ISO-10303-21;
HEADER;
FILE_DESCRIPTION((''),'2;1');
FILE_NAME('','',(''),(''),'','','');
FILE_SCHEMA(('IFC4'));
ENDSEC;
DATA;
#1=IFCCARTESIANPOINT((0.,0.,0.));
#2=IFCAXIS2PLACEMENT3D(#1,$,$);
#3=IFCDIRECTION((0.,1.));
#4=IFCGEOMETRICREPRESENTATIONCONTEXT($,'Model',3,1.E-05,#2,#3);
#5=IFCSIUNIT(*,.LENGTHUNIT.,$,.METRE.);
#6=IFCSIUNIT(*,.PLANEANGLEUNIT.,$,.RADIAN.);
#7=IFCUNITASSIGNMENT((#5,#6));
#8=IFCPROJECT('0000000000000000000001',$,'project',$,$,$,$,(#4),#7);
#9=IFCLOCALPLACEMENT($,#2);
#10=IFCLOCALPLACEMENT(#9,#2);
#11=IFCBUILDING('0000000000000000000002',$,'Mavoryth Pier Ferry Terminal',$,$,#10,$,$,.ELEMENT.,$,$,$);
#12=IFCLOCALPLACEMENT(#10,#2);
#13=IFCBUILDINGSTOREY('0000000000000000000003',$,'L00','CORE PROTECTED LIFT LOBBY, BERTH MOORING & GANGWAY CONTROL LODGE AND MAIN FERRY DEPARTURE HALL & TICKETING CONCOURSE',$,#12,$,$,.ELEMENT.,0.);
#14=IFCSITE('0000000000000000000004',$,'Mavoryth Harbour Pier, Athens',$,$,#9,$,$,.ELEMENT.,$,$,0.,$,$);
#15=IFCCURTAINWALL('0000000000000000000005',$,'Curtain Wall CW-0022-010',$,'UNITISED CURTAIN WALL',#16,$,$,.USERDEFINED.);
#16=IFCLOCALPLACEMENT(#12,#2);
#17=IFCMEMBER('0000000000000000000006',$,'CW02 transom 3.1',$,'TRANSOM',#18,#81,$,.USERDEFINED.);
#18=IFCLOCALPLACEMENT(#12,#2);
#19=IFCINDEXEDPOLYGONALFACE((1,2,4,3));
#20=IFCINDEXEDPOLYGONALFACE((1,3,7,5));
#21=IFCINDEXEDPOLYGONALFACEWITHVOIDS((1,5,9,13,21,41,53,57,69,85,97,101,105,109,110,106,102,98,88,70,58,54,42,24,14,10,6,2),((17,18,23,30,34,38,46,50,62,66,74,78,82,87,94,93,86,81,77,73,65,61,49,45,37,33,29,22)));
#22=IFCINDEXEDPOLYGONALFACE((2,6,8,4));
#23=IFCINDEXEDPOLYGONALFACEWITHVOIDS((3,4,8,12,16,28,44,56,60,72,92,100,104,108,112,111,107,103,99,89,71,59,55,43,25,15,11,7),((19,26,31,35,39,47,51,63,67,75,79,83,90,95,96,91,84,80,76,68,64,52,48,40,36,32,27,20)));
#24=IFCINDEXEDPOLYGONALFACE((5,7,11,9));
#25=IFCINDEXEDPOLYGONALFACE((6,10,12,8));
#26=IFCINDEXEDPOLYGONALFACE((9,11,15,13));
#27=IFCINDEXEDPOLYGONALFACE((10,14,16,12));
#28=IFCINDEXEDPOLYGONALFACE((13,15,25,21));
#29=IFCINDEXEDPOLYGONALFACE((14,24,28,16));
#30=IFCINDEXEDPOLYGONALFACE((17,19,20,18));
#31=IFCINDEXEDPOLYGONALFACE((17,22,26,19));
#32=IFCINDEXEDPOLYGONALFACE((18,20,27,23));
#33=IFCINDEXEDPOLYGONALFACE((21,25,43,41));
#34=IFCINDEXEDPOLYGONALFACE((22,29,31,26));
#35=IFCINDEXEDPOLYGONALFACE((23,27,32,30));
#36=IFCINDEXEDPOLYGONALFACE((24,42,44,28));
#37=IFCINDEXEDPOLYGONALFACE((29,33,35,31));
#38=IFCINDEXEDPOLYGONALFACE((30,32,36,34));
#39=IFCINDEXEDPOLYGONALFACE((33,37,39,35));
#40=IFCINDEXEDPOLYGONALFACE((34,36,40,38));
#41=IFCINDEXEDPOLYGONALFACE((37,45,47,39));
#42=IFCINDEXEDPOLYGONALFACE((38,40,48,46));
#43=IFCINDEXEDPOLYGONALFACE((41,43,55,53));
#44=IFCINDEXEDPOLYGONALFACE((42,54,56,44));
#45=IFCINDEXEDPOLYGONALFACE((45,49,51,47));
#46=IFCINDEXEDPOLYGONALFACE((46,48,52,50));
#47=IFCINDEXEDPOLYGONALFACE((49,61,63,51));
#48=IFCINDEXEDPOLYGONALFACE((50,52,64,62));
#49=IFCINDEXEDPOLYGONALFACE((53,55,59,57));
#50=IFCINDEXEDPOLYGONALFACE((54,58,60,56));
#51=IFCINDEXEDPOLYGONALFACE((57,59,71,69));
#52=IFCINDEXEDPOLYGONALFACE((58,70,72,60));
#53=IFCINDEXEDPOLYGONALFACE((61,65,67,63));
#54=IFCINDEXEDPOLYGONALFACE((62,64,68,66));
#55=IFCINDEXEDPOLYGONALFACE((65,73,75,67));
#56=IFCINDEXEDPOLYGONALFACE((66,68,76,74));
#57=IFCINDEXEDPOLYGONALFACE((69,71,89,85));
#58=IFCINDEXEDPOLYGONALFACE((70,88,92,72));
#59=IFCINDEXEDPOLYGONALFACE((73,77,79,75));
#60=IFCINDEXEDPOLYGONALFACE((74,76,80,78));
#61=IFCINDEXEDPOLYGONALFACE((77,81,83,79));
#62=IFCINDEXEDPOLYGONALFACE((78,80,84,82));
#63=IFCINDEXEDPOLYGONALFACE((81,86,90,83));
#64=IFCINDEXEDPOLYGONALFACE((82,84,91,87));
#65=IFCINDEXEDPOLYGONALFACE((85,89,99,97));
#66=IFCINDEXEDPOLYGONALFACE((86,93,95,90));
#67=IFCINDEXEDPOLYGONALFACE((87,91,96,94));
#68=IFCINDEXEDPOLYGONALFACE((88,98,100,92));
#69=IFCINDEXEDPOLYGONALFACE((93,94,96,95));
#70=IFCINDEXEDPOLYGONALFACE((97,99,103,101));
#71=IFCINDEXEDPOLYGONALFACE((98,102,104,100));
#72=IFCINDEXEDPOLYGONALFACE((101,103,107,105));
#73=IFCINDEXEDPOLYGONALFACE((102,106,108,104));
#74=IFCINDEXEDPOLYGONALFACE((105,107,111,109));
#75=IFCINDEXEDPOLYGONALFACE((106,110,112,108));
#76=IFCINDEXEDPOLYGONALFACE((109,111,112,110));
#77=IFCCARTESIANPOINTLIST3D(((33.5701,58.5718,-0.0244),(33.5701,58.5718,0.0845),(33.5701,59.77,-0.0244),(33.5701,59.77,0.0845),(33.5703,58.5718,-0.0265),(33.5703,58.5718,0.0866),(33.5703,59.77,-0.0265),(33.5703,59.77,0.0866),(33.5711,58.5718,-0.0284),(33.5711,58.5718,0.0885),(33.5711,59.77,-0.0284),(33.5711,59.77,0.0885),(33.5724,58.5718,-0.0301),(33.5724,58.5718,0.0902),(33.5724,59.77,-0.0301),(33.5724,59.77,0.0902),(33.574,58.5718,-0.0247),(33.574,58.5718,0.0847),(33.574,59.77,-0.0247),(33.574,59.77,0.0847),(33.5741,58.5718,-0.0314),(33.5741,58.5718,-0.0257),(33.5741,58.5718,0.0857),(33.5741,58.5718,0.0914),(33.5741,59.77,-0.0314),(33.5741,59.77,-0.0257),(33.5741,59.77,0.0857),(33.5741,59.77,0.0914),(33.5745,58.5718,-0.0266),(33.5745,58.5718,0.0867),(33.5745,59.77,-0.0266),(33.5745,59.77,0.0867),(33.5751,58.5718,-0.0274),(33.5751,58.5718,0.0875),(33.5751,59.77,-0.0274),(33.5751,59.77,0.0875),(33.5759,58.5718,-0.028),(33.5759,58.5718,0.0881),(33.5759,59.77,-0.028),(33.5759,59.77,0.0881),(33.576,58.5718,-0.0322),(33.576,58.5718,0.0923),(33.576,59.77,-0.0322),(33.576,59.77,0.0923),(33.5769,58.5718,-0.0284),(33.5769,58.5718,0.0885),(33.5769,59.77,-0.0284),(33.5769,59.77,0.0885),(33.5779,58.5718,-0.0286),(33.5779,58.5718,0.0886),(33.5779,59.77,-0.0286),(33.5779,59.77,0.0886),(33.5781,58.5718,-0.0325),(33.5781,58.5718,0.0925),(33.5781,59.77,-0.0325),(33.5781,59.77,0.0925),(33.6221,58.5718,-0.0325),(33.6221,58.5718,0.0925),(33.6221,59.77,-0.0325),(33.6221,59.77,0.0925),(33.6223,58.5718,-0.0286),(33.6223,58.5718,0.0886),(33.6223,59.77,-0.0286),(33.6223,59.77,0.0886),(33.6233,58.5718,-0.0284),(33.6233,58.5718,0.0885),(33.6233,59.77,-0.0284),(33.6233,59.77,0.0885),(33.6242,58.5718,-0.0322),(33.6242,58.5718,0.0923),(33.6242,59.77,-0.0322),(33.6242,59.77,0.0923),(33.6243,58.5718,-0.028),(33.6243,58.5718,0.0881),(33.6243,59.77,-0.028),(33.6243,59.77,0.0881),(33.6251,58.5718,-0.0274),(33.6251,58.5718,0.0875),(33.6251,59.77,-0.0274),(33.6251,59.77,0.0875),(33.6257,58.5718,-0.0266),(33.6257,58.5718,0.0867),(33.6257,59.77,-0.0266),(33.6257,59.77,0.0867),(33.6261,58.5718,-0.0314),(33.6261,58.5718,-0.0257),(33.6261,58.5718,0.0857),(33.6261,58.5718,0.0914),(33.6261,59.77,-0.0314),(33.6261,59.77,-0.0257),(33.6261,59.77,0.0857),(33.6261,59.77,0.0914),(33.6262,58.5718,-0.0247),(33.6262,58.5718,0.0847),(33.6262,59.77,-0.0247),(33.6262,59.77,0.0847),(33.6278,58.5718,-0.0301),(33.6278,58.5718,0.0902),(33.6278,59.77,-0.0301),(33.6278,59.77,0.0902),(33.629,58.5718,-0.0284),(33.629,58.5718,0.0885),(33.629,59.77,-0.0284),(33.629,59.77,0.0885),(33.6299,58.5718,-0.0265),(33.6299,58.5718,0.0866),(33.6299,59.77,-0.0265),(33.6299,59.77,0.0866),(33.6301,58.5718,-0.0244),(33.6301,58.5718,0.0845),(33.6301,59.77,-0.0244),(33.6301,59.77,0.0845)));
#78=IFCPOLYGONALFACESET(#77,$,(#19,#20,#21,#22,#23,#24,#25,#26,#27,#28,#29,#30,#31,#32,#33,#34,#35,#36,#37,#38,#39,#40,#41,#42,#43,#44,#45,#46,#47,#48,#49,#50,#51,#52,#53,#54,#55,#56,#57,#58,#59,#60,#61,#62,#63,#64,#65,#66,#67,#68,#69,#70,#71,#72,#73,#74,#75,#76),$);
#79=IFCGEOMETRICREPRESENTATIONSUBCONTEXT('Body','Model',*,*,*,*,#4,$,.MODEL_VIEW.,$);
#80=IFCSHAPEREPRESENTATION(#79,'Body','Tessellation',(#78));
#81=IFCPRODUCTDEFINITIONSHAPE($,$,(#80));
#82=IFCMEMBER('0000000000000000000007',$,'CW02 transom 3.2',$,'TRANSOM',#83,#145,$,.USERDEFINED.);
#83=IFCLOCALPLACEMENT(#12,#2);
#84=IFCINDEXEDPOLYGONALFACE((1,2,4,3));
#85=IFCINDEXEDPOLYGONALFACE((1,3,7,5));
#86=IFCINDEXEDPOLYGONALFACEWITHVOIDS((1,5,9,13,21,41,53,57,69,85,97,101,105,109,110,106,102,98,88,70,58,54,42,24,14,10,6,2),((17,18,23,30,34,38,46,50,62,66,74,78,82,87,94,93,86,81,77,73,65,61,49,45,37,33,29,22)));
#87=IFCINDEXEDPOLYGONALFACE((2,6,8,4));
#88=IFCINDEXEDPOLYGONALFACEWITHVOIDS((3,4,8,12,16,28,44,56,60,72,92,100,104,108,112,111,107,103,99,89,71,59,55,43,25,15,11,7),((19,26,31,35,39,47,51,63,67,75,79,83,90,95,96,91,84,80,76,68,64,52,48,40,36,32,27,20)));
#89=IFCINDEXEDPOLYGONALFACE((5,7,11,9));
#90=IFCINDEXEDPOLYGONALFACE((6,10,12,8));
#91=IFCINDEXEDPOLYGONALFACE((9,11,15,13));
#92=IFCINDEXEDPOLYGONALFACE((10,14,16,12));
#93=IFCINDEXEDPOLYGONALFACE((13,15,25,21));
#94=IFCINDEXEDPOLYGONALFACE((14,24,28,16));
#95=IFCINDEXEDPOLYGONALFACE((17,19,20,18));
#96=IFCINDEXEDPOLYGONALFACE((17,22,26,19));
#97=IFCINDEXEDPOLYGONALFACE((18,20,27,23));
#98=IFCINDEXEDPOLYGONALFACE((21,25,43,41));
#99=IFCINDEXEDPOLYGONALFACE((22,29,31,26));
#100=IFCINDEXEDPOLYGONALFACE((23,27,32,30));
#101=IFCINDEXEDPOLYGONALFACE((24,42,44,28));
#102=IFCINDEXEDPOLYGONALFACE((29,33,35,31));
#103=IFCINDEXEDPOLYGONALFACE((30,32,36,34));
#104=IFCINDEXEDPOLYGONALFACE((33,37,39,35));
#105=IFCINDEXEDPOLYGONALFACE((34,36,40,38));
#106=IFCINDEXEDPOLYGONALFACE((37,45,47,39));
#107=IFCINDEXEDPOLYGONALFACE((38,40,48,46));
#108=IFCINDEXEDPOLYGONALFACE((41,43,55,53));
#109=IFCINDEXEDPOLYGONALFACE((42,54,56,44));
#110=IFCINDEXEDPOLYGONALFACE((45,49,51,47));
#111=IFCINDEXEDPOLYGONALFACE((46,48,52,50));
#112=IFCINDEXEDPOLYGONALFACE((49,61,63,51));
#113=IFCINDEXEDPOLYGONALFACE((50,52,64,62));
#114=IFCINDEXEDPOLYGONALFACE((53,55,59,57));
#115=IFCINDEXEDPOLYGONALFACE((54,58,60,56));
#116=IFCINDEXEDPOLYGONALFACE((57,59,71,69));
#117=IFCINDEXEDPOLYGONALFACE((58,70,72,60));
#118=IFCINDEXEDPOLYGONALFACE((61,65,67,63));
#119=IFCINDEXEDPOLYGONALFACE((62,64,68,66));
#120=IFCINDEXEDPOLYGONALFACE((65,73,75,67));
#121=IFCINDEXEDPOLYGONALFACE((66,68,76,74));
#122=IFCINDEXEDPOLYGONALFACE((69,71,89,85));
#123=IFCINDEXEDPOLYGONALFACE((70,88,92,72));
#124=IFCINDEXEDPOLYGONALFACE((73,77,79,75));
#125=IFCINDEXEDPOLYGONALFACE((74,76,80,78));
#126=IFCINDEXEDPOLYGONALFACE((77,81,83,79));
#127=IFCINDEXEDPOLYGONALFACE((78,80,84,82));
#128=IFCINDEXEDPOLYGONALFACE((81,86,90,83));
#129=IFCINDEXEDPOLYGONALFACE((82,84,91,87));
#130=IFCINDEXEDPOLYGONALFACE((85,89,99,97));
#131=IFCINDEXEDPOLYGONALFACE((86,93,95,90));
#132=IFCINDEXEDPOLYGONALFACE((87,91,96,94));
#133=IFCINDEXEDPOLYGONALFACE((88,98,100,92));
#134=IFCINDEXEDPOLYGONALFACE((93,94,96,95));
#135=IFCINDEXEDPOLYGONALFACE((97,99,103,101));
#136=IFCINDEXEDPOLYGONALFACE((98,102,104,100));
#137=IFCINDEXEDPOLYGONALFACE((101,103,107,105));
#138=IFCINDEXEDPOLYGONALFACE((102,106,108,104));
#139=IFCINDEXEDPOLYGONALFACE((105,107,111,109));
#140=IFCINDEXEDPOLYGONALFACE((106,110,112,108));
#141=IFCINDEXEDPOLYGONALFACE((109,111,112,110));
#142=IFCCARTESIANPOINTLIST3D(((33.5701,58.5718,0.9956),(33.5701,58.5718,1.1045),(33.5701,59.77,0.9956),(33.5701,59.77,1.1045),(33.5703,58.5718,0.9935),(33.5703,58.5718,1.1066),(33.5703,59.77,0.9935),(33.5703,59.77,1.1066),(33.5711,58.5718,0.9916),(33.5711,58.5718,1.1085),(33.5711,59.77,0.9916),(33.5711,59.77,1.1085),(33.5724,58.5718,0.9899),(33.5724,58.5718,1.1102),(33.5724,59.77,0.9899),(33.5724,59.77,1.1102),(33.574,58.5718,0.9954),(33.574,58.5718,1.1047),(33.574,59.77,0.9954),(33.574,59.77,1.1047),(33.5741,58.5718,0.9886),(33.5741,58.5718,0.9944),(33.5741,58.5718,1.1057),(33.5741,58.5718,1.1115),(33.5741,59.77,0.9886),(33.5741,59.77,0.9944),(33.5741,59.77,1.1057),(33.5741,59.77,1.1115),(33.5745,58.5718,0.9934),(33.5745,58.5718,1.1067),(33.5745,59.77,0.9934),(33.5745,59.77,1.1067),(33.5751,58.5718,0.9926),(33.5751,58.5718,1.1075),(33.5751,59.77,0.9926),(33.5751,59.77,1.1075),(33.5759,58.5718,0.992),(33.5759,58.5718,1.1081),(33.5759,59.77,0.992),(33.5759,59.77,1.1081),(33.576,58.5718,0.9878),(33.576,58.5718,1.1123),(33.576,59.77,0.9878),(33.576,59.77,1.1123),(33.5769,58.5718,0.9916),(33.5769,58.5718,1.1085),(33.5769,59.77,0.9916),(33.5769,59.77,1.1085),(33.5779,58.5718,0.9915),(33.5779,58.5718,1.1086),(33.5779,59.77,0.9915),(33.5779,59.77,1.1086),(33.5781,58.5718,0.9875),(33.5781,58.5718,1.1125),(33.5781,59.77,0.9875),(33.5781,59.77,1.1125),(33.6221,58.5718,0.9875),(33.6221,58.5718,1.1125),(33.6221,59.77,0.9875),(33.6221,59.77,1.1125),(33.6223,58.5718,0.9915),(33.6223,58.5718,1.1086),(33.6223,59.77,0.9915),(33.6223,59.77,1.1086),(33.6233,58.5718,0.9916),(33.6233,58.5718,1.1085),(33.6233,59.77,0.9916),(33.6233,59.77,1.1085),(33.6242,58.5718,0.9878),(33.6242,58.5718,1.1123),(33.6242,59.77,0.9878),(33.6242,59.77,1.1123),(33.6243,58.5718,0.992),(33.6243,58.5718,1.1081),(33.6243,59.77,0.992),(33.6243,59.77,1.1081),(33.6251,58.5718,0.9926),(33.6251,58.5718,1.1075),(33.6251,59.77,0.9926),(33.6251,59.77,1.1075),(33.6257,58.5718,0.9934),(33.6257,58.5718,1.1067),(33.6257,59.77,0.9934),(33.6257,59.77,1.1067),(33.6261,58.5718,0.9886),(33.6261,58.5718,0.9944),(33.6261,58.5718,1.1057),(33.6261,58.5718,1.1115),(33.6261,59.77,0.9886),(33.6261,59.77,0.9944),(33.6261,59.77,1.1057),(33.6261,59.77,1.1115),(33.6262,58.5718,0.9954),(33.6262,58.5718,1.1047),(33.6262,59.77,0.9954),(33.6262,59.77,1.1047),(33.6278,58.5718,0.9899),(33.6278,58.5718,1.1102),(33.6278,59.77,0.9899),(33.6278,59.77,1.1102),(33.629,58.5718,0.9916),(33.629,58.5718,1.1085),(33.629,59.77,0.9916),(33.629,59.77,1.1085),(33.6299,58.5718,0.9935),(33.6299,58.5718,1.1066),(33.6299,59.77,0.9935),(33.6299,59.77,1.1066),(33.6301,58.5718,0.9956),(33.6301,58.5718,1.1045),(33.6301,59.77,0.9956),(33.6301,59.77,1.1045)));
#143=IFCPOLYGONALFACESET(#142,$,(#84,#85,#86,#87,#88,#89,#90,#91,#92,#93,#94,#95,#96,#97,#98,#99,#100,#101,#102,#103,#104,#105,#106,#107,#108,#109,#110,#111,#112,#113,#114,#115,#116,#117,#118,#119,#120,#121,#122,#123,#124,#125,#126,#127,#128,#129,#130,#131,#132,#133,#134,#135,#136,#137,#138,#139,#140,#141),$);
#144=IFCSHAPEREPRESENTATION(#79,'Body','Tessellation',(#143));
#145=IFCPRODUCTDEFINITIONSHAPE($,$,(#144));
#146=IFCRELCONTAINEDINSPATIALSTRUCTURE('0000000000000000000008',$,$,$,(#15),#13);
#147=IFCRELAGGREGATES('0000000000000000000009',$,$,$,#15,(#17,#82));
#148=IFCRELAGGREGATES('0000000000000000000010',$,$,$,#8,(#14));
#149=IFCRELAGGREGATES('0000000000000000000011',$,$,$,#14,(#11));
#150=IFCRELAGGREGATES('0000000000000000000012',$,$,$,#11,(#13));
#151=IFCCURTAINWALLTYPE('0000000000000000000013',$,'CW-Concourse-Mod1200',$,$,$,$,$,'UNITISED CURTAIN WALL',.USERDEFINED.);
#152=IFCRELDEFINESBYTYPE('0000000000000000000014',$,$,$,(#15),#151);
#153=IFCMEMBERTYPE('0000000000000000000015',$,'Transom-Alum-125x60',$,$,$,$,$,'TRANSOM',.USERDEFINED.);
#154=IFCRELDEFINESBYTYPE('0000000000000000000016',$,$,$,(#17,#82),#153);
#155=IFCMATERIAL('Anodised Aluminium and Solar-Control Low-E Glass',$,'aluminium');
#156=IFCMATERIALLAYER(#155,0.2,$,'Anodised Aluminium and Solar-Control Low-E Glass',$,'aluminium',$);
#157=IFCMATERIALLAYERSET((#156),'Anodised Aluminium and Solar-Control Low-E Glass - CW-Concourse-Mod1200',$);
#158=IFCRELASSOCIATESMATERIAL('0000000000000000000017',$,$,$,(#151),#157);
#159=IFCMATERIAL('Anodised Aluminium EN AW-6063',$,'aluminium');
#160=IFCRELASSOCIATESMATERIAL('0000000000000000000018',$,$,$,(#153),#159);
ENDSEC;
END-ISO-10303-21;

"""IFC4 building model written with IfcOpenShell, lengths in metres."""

from ifc_helpers import new_model, si_unit, direction, frame, origin, origin_2d, place, context, subcontext, project, spatial, hollow_rectangle, extrude, material, layer, layer_set, material_profile, profile_set, type_object, element, aggregate, save


model = new_model("IFC4")

# Units and contexts
model_context = context("Model", 3, precision=1e-05, world=origin(), true_north=direction((0.0, 1.0)))
body_context = subcontext(model_context, "Body", "Model", "MODEL_VIEW")
ifc_project = project(units=[si_unit("LENGTHUNIT", "METRE"), si_unit("PLANEANGLEUNIT", "RADIAN")], contexts=[model_context])

# Site, building, storey
site_placement = place(None, origin())
site = spatial("IfcSite", under=ifc_project, at=site_placement, Name="Mavoryth Harbour Pier, Athens", CompositionType="ELEMENT", RefElevation=0.0)
building_placement = place(site_placement, origin())
building = spatial("IfcBuilding", under=site, at=building_placement, Name="Mavoryth Pier Ferry Terminal", CompositionType="ELEMENT")
storey_placement = place(building_placement, origin())
storey = spatial("IfcBuildingStorey", under=building, at=storey_placement, Name="L00", Description="CORE PROTECTED LIFT LOBBY, BERTH MOORING & GANGWAY CONTROL LODGE AND MAIN FERRY DEPARTURE HALL & TICKETING CONCOURSE", CompositionType="ELEMENT", Elevation=0.0)

# Curtain wall, members
ifc_material_1 = material(Name="Anodised Aluminium and Solar-Control Low-E Glass", Category="aluminium")
ifc_layer_1 = layer(ifc_material_1, 0.2, Name="Anodised Aluminium and Solar-Control Low-E Glass", Category="aluminium")
ifc_layer_set_1 = layer_set([ifc_layer_1], Name="Anodised Aluminium and Solar-Control Low-E Glass - CW-Concourse-Mod1200")
curtain_wall_type = type_object("IfcCurtainWallType", Name="CW-Concourse-Mod1200", ElementType="UNITISED CURTAIN WALL", PredefinedType="USERDEFINED", material=ifc_layer_set_1)
curtain_wall_placement = place(storey_placement, origin())
curtain_wall = element("IfcCurtainWall", 1, at=curtain_wall_placement, inside=storey, type_object=curtain_wall_type, Name="Curtain Wall CW-0022-010", ObjectType="UNITISED CURTAIN WALL", PredefinedType="USERDEFINED")
ifc_material_2 = material(Name="Anodised Aluminium EN AW-6063", Category="aluminium")
ifc_material_profile_1 = material_profile(ifc_material_2, hollow_rectangle(XDim=0.0601, YDim=0.125, WallThickness=0.0039, InnerFilletRadius=0.0039, OuterFilletRadius=0.0081, at=origin_2d()), Name="AL-TRAN 125x60x4", Category="aluminium")
ifc_profile_set_1 = profile_set([ifc_material_profile_1], Name="Anodised Aluminium EN AW-6063 - AL-TRAN 125x60x4")
member_type_1 = type_object("IfcMemberType", Name="Transom-Alum-125x60", ElementType="TRANSOM", PredefinedType="USERDEFINED", material=ifc_profile_set_1)
member_1_placement = place(storey_placement, frame((33.6001, 58.5718, 0.03), z_axis=(0.0, 1.0, 0.0), x_axis=(-1.0, 0.0, 0.0)))
member_1 = element("IfcMember", 2, at=member_1_placement, type_object=member_type_1, Name="CW02 transom 3.1", ObjectType="TRANSOM", PredefinedType="USERDEFINED", context=body_context, shape_type="SweptSolid", body=[
    extrude(hollow_rectangle(XDim=0.0601, YDim=0.125, WallThickness=0.0039, InnerFilletRadius=0.0039, OuterFilletRadius=0.0081, at=origin_2d()), origin(), (0.0, 0.0, 1.0), 1.1982),
])
member_2_placement = place(storey_placement, frame((33.6001, 58.5718, 1.05), z_axis=(0.0, 1.0, 0.0), x_axis=(-1.0, 0.0, 0.0)))
member_2 = element("IfcMember", 3, at=member_2_placement, type_object=member_type_1, Name="CW02 transom 3.2", ObjectType="TRANSOM", PredefinedType="USERDEFINED", context=body_context, shape_type="SweptSolid", body=[
    extrude(hollow_rectangle(XDim=0.0601, YDim=0.125, WallThickness=0.0039, InnerFilletRadius=0.0039, OuterFilletRadius=0.0081, at=origin_2d()), origin(), (0.0, 0.0, 1.0), 1.1982),
])
aggregate(curtain_wall, [member_1, member_2])

save(model, "model.ifc")
